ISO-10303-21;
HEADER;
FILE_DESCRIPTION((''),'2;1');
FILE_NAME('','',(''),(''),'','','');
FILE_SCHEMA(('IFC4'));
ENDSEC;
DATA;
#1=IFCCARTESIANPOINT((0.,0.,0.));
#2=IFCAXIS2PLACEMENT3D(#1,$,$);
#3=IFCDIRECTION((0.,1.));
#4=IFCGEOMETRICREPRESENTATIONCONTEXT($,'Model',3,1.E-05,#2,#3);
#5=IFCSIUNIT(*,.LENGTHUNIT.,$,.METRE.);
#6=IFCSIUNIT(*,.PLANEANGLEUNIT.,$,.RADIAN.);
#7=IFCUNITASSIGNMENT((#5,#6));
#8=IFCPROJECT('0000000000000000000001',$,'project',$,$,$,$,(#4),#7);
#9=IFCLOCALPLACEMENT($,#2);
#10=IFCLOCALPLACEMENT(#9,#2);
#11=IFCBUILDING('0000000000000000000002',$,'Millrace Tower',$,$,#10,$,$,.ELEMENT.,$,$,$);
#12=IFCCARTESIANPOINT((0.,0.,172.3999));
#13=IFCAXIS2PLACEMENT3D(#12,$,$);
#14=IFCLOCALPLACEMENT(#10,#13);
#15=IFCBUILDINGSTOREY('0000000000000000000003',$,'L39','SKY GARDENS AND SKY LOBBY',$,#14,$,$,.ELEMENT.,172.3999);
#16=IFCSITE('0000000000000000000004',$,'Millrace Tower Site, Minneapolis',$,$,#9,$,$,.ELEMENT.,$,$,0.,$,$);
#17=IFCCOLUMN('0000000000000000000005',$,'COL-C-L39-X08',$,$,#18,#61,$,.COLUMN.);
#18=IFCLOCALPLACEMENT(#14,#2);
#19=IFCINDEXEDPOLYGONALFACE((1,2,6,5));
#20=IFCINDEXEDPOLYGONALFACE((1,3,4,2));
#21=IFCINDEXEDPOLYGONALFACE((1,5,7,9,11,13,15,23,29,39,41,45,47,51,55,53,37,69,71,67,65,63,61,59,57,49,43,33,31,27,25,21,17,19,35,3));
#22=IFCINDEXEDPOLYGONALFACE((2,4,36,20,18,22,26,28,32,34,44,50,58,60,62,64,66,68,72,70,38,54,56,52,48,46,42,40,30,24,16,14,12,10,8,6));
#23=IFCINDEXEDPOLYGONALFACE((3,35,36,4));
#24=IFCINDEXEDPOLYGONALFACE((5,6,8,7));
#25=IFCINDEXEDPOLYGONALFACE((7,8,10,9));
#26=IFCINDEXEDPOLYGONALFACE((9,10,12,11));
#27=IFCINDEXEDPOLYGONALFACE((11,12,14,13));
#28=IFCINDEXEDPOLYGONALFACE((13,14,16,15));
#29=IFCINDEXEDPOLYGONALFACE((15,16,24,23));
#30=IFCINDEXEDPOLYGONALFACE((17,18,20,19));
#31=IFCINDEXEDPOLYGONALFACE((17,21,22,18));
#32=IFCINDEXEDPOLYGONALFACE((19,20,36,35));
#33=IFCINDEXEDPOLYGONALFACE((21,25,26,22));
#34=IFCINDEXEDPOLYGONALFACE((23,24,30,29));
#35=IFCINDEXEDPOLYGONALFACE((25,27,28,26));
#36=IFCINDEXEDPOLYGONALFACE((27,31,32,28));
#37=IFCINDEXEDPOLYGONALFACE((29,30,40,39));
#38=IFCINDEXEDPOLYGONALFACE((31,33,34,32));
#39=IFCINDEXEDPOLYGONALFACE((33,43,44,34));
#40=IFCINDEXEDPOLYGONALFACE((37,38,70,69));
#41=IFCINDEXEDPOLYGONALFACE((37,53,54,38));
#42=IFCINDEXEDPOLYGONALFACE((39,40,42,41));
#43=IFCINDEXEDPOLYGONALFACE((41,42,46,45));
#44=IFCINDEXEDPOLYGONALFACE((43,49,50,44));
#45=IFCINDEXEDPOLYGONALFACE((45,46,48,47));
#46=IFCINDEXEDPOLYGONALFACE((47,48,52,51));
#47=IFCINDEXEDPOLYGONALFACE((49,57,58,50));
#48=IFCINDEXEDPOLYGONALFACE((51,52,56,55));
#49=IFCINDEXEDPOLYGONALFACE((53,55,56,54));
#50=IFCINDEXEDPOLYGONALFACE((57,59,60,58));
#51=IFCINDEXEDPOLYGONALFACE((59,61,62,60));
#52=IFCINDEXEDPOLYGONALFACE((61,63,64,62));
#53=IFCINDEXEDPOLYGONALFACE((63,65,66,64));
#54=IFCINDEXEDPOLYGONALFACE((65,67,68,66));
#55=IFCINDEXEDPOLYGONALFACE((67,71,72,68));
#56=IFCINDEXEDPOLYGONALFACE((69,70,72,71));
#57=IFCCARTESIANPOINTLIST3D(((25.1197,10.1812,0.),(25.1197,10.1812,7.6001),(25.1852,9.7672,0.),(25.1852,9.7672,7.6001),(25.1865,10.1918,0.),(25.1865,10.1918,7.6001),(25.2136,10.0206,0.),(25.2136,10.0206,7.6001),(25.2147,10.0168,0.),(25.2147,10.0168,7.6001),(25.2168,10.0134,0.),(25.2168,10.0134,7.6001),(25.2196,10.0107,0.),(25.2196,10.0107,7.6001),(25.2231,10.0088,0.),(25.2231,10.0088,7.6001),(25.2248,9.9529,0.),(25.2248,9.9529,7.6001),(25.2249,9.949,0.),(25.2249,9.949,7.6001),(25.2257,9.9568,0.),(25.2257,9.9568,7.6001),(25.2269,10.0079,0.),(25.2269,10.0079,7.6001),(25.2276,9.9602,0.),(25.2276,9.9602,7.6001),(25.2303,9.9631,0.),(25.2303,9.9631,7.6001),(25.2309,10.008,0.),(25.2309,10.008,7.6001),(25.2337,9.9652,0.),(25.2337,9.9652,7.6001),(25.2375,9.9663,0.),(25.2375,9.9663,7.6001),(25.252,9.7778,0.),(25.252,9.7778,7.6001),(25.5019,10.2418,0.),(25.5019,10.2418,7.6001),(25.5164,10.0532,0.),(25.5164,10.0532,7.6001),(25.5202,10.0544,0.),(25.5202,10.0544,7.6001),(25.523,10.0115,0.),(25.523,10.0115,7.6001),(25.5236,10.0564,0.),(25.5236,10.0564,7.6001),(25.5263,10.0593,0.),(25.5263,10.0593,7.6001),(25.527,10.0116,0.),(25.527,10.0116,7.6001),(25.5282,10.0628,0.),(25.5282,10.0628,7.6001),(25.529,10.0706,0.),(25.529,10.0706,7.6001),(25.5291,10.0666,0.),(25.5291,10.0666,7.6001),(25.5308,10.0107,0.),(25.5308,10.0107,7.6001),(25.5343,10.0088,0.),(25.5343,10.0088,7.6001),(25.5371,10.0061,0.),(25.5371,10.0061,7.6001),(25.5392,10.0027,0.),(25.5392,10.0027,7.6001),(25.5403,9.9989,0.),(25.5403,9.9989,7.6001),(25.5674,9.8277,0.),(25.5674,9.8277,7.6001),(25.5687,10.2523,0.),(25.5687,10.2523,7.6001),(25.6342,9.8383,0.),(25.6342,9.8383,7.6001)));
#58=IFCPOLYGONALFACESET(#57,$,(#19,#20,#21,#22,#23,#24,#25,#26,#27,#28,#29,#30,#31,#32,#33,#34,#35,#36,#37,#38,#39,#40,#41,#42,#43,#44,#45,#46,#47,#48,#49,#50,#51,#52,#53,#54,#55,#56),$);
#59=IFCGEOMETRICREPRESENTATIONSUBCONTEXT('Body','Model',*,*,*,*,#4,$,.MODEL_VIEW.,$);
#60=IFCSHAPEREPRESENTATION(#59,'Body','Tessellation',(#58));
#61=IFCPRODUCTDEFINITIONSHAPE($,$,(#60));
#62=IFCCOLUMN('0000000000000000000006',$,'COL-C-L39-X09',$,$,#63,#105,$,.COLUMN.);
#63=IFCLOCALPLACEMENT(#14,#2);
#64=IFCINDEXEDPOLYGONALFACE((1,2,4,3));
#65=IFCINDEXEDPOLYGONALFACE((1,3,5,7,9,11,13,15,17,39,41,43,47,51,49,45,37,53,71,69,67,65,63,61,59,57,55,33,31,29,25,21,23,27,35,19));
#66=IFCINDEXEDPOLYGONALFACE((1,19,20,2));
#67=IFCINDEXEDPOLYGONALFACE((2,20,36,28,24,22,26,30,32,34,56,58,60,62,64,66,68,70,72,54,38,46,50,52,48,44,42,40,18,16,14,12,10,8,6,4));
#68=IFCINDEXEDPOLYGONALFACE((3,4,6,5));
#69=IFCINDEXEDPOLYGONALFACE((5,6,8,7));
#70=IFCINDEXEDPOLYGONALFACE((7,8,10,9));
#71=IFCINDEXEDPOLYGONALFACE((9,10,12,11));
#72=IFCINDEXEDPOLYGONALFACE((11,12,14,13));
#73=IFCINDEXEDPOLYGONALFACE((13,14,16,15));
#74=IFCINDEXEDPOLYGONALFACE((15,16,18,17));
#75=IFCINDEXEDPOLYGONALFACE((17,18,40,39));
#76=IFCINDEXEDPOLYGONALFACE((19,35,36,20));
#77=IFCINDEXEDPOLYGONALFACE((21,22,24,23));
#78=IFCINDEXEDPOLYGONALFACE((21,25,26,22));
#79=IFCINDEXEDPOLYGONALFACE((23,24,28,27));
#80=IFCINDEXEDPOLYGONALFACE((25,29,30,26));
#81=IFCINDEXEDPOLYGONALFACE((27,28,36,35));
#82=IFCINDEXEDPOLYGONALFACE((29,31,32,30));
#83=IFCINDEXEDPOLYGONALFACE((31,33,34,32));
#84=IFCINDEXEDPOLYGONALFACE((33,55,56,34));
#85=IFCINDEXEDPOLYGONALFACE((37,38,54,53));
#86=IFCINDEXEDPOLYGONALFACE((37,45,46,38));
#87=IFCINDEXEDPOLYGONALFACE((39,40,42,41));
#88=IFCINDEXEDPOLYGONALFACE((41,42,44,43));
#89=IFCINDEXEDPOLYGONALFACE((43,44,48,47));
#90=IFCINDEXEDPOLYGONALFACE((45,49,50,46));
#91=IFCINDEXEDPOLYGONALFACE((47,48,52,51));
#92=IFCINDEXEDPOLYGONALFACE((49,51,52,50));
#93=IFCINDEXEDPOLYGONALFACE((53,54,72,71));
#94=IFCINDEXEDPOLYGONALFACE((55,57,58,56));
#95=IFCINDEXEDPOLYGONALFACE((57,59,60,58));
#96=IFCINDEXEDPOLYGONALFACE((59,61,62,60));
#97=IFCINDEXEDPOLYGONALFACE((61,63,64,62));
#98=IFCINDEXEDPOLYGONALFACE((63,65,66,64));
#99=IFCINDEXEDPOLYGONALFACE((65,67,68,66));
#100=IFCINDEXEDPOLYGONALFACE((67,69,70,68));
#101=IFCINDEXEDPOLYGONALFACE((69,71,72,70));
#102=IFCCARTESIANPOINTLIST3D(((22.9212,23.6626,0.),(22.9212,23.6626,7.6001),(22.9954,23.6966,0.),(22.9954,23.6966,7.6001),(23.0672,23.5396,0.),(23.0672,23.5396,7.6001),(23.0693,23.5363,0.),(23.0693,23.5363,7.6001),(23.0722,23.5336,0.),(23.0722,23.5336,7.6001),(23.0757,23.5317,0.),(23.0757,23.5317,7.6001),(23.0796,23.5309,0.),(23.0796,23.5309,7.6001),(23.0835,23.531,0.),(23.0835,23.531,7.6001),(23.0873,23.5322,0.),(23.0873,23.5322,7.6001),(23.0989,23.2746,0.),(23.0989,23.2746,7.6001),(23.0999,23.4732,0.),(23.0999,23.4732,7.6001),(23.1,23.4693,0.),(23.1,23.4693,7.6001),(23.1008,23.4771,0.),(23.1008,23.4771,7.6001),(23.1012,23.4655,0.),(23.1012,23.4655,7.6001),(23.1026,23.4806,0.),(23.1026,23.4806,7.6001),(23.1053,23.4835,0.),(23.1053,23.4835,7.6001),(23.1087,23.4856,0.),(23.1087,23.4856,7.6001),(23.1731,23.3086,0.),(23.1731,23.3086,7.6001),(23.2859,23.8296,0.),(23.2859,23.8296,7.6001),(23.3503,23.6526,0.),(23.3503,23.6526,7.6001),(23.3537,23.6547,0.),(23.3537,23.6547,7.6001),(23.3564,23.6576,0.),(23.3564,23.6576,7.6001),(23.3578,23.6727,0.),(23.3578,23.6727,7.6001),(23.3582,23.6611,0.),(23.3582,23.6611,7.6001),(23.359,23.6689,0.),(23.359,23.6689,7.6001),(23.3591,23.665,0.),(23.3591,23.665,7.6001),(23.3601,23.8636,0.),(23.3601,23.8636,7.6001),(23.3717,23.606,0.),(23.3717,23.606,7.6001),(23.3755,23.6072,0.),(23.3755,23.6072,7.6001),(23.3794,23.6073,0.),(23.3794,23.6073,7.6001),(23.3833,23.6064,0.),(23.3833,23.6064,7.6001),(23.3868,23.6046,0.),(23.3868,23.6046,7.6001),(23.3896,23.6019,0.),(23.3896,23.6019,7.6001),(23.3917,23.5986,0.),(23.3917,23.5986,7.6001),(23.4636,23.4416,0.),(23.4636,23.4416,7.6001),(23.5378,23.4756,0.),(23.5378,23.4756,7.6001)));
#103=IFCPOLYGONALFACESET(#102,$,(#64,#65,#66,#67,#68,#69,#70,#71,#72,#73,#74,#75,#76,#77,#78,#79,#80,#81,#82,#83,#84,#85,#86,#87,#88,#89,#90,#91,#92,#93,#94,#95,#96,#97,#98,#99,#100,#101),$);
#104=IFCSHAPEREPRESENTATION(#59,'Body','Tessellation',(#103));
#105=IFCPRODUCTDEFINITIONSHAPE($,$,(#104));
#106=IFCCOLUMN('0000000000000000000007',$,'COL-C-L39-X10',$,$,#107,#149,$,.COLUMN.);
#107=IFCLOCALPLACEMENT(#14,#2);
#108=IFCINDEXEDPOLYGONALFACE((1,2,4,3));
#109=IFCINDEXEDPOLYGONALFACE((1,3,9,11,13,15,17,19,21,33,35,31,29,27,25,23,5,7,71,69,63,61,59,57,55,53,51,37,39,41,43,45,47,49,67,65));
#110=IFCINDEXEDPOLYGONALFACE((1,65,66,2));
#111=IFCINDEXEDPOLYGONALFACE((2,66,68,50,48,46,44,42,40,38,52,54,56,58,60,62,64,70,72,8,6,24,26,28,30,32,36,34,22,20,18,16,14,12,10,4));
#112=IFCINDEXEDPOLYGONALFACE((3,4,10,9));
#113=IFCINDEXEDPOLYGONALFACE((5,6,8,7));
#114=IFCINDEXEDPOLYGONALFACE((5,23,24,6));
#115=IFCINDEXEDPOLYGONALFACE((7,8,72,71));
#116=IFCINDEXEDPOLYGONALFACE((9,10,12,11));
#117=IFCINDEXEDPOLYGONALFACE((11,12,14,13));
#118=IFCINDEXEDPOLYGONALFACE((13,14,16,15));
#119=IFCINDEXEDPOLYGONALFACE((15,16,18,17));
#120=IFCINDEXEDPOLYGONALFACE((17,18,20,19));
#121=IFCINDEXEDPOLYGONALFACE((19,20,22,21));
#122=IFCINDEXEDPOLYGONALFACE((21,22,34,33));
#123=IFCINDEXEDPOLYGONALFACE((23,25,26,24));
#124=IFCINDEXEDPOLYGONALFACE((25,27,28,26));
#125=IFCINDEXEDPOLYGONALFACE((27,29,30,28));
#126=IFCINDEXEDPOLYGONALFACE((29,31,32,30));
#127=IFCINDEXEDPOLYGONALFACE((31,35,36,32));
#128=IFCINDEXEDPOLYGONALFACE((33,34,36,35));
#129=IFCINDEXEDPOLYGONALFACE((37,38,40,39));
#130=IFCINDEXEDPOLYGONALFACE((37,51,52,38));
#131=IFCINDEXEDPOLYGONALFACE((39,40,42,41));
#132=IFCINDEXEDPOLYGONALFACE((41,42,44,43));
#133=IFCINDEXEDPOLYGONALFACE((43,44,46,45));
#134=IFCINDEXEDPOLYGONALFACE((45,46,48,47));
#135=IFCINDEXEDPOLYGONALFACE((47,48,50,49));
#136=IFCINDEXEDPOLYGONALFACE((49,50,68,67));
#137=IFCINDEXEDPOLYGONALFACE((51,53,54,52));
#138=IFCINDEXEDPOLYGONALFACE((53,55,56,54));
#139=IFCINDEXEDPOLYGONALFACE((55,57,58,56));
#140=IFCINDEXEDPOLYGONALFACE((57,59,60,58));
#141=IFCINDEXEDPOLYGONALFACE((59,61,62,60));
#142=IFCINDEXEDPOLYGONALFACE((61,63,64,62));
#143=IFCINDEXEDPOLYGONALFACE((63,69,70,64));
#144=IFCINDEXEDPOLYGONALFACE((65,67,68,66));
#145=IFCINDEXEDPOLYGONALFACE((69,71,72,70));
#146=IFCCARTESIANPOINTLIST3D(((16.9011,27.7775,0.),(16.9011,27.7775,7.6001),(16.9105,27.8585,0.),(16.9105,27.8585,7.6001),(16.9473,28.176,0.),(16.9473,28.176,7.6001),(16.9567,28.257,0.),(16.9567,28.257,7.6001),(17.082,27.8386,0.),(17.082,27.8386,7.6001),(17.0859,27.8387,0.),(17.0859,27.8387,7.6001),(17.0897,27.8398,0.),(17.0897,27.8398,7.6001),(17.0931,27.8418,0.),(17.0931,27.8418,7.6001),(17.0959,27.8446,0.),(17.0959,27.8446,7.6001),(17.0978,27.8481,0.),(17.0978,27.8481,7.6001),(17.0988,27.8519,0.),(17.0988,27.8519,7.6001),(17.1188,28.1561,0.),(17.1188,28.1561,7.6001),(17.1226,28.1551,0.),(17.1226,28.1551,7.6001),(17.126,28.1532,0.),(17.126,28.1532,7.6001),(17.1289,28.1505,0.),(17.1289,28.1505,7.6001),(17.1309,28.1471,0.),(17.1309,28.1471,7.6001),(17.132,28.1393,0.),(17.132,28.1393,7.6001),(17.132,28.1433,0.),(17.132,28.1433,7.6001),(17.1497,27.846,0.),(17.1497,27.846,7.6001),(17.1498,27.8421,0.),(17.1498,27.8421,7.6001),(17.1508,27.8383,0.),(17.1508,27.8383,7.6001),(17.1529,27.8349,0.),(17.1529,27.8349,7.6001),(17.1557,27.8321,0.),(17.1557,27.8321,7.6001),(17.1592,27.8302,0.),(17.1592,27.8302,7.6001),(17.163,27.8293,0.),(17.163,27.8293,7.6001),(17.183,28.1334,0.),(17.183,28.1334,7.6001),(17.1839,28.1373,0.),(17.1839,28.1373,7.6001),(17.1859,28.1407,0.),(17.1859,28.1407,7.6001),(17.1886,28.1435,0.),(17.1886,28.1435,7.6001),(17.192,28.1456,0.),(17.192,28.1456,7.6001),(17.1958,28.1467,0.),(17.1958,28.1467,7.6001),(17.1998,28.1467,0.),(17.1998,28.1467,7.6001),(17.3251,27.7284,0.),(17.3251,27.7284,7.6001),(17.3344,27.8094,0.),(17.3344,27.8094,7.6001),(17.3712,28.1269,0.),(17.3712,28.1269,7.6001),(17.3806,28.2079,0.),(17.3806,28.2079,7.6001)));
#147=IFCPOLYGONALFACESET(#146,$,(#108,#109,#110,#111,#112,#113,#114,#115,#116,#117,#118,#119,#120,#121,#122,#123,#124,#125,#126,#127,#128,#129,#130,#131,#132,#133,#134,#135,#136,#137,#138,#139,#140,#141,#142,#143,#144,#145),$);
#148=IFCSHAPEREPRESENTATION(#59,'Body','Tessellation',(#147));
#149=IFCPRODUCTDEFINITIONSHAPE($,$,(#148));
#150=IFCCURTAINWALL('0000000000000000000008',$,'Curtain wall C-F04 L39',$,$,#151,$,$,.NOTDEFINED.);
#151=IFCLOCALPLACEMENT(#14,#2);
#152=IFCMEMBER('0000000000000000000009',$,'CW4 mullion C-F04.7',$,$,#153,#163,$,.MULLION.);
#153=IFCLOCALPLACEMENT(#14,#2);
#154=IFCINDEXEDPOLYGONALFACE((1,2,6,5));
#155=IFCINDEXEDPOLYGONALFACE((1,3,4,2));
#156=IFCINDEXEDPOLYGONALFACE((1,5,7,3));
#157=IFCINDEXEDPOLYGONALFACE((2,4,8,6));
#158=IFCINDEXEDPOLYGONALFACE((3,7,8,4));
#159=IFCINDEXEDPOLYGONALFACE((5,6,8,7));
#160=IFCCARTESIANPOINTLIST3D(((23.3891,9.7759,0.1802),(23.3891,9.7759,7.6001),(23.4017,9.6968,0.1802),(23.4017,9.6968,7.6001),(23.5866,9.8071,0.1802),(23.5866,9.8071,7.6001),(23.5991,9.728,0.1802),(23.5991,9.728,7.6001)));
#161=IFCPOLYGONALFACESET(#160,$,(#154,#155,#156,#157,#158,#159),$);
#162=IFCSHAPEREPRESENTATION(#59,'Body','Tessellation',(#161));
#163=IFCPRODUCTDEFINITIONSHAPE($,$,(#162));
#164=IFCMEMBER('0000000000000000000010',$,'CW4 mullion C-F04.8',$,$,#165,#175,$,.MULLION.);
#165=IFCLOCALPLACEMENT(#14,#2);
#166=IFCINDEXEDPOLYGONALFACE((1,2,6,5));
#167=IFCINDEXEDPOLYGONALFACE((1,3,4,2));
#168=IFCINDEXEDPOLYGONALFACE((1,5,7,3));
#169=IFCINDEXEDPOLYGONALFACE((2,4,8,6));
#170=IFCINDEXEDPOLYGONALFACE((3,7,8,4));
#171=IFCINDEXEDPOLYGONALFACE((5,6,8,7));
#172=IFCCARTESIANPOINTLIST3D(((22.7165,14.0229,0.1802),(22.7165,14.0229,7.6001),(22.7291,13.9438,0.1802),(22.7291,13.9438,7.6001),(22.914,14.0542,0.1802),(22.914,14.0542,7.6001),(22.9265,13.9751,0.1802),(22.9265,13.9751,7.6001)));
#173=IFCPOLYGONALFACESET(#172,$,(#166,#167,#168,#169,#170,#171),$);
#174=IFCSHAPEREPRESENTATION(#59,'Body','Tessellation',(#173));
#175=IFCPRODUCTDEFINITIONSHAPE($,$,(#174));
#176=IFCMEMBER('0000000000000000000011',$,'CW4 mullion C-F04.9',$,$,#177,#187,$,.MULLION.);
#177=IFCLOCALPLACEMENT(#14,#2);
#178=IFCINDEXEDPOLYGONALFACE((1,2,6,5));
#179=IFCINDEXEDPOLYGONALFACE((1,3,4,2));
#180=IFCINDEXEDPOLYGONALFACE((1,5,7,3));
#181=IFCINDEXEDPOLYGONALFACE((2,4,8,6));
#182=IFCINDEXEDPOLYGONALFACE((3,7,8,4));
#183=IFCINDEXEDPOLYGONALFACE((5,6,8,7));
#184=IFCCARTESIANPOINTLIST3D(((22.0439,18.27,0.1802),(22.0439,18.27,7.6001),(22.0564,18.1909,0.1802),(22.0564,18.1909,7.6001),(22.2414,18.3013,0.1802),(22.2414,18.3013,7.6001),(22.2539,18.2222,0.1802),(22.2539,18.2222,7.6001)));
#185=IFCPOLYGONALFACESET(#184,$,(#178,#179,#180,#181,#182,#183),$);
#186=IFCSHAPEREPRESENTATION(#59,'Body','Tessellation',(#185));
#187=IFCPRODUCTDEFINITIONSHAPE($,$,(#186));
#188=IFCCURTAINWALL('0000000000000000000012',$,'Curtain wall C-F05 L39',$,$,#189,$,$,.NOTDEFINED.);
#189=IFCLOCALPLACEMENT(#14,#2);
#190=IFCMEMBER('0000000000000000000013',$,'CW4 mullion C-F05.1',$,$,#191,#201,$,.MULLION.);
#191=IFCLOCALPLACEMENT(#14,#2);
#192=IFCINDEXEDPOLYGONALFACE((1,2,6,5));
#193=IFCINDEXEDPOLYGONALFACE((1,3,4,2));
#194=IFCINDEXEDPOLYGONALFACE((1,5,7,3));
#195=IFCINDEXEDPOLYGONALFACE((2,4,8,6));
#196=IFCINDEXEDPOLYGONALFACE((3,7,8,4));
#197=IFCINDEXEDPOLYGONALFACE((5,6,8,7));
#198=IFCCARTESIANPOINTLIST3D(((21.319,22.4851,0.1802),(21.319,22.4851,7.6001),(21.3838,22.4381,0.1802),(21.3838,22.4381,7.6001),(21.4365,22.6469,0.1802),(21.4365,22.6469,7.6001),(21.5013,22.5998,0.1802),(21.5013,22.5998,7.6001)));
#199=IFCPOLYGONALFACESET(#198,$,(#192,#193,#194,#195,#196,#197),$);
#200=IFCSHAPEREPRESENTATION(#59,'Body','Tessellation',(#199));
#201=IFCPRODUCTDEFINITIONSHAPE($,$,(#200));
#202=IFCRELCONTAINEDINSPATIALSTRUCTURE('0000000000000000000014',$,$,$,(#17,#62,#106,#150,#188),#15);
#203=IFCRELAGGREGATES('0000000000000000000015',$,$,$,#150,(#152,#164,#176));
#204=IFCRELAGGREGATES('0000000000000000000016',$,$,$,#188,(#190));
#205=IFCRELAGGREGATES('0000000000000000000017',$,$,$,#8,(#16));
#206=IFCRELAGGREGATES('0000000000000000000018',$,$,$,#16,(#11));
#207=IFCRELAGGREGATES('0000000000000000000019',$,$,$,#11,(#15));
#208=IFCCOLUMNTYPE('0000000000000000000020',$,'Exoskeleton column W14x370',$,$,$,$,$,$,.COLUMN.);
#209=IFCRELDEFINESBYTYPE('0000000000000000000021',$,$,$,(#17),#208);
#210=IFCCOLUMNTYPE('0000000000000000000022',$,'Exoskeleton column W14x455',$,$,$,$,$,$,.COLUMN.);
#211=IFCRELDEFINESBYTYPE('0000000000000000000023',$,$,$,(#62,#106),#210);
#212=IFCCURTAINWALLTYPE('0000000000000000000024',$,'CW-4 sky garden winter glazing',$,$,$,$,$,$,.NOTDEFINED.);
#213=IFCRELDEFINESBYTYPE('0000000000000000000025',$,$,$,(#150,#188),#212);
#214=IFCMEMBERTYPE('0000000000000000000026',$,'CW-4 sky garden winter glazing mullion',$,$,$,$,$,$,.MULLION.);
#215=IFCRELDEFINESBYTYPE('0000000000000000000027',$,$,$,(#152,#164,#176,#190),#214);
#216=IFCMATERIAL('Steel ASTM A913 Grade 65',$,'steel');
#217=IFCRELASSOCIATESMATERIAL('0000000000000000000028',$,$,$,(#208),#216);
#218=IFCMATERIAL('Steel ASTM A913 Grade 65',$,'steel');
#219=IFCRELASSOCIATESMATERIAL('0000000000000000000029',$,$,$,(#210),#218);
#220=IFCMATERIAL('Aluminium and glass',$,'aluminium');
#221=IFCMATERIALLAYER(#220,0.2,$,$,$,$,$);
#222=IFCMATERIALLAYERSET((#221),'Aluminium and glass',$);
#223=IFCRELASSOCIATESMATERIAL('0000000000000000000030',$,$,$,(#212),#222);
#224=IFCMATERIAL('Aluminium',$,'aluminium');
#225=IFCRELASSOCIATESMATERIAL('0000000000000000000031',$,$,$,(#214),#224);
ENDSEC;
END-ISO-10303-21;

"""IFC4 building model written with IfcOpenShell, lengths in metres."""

from ifc_helpers import new_model, si_unit, direction, frame, origin, origin_2d, place, context, subcontext, project, spatial, rectangle, i_section, extrude, material, layer, layer_set, material_profile, profile_set, type_object, element, aggregate, save


model = new_model("IFC4")

# Units and contexts
model_context = context("Model", 3, precision=1e-05, world=origin(), true_north=direction((0.0, 1.0)))
body_context = subcontext(model_context, "Body", "Model", "MODEL_VIEW")
ifc_project = project(units=[si_unit("LENGTHUNIT", "METRE"), si_unit("PLANEANGLEUNIT", "RADIAN")], contexts=[model_context])

# Site, building, storey
site_placement = place(None, origin())
site = spatial("IfcSite", under=ifc_project, at=site_placement, Name="Millrace Tower Site, Minneapolis", CompositionType="ELEMENT", RefElevation=0.0)
building_placement = place(site_placement, origin())
building = spatial("IfcBuilding", under=site, at=building_placement, Name="Millrace Tower", CompositionType="ELEMENT")
storey_placement = place(building_placement, frame((0.0, 0.0, 172.3999)))
storey = spatial("IfcBuildingStorey", under=building, at=storey_placement, Name="L39", Description="SKY GARDENS AND SKY LOBBY", CompositionType="ELEMENT", Elevation=172.3999)

# Columns
ifc_material_1 = material(Name="Steel ASTM A913 Grade 65", Category="steel")
ifc_material_profile_1 = material_profile(ifc_material_1, i_section(OverallWidth=0.4192, OverallDepth=0.4546, WebThickness=0.0422, FlangeThickness=0.0676, FilletRadius=0.0151, at=origin_2d()))
ifc_profile_set_1 = profile_set([ifc_material_profile_1], Name="Steel ASTM A913 Grade 65")
column_type_1 = type_object("IfcColumnType", Name="Exoskeleton column W14x370", PredefinedType="COLUMN", material=ifc_profile_set_1)
column_placement = place(storey_placement, frame((25.377, 10.0098, 0.0), z_axis=(0.0, 0.0, 1.0), x_axis=(-0.156434, 0.987688, 0.0)))
element("IfcColumn", 1, at=column_placement, inside=storey, type_object=column_type_1, Name="COL-C-L39-X08", PredefinedType="COLUMN", context=body_context, shape_type="SweptSolid", body=[
    extrude(i_section(OverallWidth=0.4192, OverallDepth=0.4546, WebThickness=0.0422, FlangeThickness=0.0676, FilletRadius=0.0151, at=origin_2d()), origin(), (0.0, 0.0, 1.0), 7.6001),
])
ifc_material_2 = material(Name="Steel ASTM A913 Grade 65", Category="steel")
ifc_material_profile_2 = material_profile(ifc_material_2, i_section(OverallWidth=0.4268, OverallDepth=0.4827, WebThickness=0.0513, FlangeThickness=0.0815, FilletRadius=0.0151, at=origin_2d()))
ifc_profile_set_2 = profile_set([ifc_material_profile_2], Name="Steel ASTM A913 Grade 65")
column_type_2 = type_object("IfcColumnType", Name="Exoskeleton column W14x455", PredefinedType="COLUMN", material=ifc_profile_set_2)
for number, where, z_axis, x_axis, name in (
    (2, (23.2295, 23.5691, 0.0), (0.0, 0.0, 1.0), (-0.416401, 0.909181, 0.0), "COL-C-L39-X09"),
    (3, (17.1409, 27.9927, 0.0), (0.0, 0.0, 1.0), (-0.993358, 0.115069, 0.0), "COL-C-L39-X10"),
):
    element("IfcColumn", number, at=place(storey_placement, frame(where, z_axis=z_axis, x_axis=x_axis)), inside=storey, type_object=column_type_2, Name=name, PredefinedType="COLUMN", context=body_context, shape_type="SweptSolid", body=[
        extrude(i_section(OverallWidth=0.4268, OverallDepth=0.4827, WebThickness=0.0513, FlangeThickness=0.0815, FilletRadius=0.0151, at=origin_2d()), origin(), (0.0, 0.0, 1.0), 7.6001),
    ])

# Curtain wall, members
ifc_material_3 = material(Name="Aluminium and glass", Category="aluminium")
ifc_layer_1 = layer(ifc_material_3, 0.2)
ifc_layer_set_1 = layer_set([ifc_layer_1], Name="Aluminium and glass")
curtain_wall_type = type_object("IfcCurtainWallType", Name="CW-4 sky garden winter glazing", PredefinedType="NOTDEFINED", material=ifc_layer_set_1)
placement = place(storey_placement, origin())
curtain_wall_1 = element("IfcCurtainWall", 4, at=placement, inside=storey, type_object=curtain_wall_type, Name="Curtain wall C-F04 L39", PredefinedType="NOTDEFINED")
ifc_material_4 = material(Name="Aluminium", Category="aluminium")
ifc_material_profile_3 = material_profile(ifc_material_4, rectangle(XDim=0.0801, YDim=0.2, at=origin_2d()))
ifc_profile_set_3 = profile_set([ifc_material_profile_3], Name="Aluminium")
member_type_1 = type_object("IfcMemberType", Name="CW-4 sky garden winter glazing mullion", PredefinedType="MULLION", material=ifc_profile_set_3)
member_1_placement = place(storey_placement, frame((23.4941, 9.752, 0.1802), z_axis=(0.0, 0.0, 1.0), x_axis=(-0.156434, 0.987688, 0.0)))
member_1 = element("IfcMember", 5, at=member_1_placement, type_object=member_type_1, Name="CW4 mullion C-F04.7", PredefinedType="MULLION", context=body_context, shape_type="SweptSolid", body=[
    extrude(rectangle(XDim=0.0801, YDim=0.2, at=origin_2d()), origin(), (0.0, 0.0, 1.0), 7.4199),
])
member_2_placement = place(storey_placement, frame((22.8215, 13.999, 0.1802), z_axis=(0.0, 0.0, 1.0), x_axis=(-0.156434, 0.987688, 0.0)))
member_2 = element("IfcMember", 6, at=member_2_placement, type_object=member_type_1, Name="CW4 mullion C-F04.8", PredefinedType="MULLION", context=body_context, shape_type="SweptSolid", body=[
    extrude(rectangle(XDim=0.0801, YDim=0.2, at=origin_2d()), origin(), (0.0, 0.0, 1.0), 7.4199),
])
member_3_placement = place(storey_placement, frame((22.1489, 18.2461, 0.1802), z_axis=(0.0, 0.0, 1.0), x_axis=(-0.156434, 0.987688, 0.0)))
member_3 = element("IfcMember", 7, at=member_3_placement, type_object=member_type_1, Name="CW4 mullion C-F04.9", PredefinedType="MULLION", context=body_context, shape_type="SweptSolid", body=[
    extrude(rectangle(XDim=0.0801, YDim=0.2, at=origin_2d()), origin(), (0.0, 0.0, 1.0), 7.4199),
])
aggregate(curtain_wall_1, [member_1, member_2, member_3])

# Curtain wall, member
curtain_wall_2 = element("IfcCurtainWall", 8, at=placement, inside=storey, type_object=curtain_wall_type, Name="Curtain wall C-F05 L39", PredefinedType="NOTDEFINED")
member_4_placement = place(storey_placement, frame((21.4102, 22.5425, 0.1802), z_axis=(0.0, 0.0, 1.0), x_axis=(-0.809017, 0.587785, 0.0)))
member_4 = element("IfcMember", 9, at=member_4_placement, type_object=member_type_1, Name="CW4 mullion C-F05.1", PredefinedType="MULLION", context=body_context, shape_type="SweptSolid", body=[
    extrude(rectangle(XDim=0.0801, YDim=0.2, at=origin_2d()), origin(), (0.0, 0.0, 1.0), 7.4199),
])

aggregate(curtain_wall_2, [member_4])

save(model, "model.ifc")
